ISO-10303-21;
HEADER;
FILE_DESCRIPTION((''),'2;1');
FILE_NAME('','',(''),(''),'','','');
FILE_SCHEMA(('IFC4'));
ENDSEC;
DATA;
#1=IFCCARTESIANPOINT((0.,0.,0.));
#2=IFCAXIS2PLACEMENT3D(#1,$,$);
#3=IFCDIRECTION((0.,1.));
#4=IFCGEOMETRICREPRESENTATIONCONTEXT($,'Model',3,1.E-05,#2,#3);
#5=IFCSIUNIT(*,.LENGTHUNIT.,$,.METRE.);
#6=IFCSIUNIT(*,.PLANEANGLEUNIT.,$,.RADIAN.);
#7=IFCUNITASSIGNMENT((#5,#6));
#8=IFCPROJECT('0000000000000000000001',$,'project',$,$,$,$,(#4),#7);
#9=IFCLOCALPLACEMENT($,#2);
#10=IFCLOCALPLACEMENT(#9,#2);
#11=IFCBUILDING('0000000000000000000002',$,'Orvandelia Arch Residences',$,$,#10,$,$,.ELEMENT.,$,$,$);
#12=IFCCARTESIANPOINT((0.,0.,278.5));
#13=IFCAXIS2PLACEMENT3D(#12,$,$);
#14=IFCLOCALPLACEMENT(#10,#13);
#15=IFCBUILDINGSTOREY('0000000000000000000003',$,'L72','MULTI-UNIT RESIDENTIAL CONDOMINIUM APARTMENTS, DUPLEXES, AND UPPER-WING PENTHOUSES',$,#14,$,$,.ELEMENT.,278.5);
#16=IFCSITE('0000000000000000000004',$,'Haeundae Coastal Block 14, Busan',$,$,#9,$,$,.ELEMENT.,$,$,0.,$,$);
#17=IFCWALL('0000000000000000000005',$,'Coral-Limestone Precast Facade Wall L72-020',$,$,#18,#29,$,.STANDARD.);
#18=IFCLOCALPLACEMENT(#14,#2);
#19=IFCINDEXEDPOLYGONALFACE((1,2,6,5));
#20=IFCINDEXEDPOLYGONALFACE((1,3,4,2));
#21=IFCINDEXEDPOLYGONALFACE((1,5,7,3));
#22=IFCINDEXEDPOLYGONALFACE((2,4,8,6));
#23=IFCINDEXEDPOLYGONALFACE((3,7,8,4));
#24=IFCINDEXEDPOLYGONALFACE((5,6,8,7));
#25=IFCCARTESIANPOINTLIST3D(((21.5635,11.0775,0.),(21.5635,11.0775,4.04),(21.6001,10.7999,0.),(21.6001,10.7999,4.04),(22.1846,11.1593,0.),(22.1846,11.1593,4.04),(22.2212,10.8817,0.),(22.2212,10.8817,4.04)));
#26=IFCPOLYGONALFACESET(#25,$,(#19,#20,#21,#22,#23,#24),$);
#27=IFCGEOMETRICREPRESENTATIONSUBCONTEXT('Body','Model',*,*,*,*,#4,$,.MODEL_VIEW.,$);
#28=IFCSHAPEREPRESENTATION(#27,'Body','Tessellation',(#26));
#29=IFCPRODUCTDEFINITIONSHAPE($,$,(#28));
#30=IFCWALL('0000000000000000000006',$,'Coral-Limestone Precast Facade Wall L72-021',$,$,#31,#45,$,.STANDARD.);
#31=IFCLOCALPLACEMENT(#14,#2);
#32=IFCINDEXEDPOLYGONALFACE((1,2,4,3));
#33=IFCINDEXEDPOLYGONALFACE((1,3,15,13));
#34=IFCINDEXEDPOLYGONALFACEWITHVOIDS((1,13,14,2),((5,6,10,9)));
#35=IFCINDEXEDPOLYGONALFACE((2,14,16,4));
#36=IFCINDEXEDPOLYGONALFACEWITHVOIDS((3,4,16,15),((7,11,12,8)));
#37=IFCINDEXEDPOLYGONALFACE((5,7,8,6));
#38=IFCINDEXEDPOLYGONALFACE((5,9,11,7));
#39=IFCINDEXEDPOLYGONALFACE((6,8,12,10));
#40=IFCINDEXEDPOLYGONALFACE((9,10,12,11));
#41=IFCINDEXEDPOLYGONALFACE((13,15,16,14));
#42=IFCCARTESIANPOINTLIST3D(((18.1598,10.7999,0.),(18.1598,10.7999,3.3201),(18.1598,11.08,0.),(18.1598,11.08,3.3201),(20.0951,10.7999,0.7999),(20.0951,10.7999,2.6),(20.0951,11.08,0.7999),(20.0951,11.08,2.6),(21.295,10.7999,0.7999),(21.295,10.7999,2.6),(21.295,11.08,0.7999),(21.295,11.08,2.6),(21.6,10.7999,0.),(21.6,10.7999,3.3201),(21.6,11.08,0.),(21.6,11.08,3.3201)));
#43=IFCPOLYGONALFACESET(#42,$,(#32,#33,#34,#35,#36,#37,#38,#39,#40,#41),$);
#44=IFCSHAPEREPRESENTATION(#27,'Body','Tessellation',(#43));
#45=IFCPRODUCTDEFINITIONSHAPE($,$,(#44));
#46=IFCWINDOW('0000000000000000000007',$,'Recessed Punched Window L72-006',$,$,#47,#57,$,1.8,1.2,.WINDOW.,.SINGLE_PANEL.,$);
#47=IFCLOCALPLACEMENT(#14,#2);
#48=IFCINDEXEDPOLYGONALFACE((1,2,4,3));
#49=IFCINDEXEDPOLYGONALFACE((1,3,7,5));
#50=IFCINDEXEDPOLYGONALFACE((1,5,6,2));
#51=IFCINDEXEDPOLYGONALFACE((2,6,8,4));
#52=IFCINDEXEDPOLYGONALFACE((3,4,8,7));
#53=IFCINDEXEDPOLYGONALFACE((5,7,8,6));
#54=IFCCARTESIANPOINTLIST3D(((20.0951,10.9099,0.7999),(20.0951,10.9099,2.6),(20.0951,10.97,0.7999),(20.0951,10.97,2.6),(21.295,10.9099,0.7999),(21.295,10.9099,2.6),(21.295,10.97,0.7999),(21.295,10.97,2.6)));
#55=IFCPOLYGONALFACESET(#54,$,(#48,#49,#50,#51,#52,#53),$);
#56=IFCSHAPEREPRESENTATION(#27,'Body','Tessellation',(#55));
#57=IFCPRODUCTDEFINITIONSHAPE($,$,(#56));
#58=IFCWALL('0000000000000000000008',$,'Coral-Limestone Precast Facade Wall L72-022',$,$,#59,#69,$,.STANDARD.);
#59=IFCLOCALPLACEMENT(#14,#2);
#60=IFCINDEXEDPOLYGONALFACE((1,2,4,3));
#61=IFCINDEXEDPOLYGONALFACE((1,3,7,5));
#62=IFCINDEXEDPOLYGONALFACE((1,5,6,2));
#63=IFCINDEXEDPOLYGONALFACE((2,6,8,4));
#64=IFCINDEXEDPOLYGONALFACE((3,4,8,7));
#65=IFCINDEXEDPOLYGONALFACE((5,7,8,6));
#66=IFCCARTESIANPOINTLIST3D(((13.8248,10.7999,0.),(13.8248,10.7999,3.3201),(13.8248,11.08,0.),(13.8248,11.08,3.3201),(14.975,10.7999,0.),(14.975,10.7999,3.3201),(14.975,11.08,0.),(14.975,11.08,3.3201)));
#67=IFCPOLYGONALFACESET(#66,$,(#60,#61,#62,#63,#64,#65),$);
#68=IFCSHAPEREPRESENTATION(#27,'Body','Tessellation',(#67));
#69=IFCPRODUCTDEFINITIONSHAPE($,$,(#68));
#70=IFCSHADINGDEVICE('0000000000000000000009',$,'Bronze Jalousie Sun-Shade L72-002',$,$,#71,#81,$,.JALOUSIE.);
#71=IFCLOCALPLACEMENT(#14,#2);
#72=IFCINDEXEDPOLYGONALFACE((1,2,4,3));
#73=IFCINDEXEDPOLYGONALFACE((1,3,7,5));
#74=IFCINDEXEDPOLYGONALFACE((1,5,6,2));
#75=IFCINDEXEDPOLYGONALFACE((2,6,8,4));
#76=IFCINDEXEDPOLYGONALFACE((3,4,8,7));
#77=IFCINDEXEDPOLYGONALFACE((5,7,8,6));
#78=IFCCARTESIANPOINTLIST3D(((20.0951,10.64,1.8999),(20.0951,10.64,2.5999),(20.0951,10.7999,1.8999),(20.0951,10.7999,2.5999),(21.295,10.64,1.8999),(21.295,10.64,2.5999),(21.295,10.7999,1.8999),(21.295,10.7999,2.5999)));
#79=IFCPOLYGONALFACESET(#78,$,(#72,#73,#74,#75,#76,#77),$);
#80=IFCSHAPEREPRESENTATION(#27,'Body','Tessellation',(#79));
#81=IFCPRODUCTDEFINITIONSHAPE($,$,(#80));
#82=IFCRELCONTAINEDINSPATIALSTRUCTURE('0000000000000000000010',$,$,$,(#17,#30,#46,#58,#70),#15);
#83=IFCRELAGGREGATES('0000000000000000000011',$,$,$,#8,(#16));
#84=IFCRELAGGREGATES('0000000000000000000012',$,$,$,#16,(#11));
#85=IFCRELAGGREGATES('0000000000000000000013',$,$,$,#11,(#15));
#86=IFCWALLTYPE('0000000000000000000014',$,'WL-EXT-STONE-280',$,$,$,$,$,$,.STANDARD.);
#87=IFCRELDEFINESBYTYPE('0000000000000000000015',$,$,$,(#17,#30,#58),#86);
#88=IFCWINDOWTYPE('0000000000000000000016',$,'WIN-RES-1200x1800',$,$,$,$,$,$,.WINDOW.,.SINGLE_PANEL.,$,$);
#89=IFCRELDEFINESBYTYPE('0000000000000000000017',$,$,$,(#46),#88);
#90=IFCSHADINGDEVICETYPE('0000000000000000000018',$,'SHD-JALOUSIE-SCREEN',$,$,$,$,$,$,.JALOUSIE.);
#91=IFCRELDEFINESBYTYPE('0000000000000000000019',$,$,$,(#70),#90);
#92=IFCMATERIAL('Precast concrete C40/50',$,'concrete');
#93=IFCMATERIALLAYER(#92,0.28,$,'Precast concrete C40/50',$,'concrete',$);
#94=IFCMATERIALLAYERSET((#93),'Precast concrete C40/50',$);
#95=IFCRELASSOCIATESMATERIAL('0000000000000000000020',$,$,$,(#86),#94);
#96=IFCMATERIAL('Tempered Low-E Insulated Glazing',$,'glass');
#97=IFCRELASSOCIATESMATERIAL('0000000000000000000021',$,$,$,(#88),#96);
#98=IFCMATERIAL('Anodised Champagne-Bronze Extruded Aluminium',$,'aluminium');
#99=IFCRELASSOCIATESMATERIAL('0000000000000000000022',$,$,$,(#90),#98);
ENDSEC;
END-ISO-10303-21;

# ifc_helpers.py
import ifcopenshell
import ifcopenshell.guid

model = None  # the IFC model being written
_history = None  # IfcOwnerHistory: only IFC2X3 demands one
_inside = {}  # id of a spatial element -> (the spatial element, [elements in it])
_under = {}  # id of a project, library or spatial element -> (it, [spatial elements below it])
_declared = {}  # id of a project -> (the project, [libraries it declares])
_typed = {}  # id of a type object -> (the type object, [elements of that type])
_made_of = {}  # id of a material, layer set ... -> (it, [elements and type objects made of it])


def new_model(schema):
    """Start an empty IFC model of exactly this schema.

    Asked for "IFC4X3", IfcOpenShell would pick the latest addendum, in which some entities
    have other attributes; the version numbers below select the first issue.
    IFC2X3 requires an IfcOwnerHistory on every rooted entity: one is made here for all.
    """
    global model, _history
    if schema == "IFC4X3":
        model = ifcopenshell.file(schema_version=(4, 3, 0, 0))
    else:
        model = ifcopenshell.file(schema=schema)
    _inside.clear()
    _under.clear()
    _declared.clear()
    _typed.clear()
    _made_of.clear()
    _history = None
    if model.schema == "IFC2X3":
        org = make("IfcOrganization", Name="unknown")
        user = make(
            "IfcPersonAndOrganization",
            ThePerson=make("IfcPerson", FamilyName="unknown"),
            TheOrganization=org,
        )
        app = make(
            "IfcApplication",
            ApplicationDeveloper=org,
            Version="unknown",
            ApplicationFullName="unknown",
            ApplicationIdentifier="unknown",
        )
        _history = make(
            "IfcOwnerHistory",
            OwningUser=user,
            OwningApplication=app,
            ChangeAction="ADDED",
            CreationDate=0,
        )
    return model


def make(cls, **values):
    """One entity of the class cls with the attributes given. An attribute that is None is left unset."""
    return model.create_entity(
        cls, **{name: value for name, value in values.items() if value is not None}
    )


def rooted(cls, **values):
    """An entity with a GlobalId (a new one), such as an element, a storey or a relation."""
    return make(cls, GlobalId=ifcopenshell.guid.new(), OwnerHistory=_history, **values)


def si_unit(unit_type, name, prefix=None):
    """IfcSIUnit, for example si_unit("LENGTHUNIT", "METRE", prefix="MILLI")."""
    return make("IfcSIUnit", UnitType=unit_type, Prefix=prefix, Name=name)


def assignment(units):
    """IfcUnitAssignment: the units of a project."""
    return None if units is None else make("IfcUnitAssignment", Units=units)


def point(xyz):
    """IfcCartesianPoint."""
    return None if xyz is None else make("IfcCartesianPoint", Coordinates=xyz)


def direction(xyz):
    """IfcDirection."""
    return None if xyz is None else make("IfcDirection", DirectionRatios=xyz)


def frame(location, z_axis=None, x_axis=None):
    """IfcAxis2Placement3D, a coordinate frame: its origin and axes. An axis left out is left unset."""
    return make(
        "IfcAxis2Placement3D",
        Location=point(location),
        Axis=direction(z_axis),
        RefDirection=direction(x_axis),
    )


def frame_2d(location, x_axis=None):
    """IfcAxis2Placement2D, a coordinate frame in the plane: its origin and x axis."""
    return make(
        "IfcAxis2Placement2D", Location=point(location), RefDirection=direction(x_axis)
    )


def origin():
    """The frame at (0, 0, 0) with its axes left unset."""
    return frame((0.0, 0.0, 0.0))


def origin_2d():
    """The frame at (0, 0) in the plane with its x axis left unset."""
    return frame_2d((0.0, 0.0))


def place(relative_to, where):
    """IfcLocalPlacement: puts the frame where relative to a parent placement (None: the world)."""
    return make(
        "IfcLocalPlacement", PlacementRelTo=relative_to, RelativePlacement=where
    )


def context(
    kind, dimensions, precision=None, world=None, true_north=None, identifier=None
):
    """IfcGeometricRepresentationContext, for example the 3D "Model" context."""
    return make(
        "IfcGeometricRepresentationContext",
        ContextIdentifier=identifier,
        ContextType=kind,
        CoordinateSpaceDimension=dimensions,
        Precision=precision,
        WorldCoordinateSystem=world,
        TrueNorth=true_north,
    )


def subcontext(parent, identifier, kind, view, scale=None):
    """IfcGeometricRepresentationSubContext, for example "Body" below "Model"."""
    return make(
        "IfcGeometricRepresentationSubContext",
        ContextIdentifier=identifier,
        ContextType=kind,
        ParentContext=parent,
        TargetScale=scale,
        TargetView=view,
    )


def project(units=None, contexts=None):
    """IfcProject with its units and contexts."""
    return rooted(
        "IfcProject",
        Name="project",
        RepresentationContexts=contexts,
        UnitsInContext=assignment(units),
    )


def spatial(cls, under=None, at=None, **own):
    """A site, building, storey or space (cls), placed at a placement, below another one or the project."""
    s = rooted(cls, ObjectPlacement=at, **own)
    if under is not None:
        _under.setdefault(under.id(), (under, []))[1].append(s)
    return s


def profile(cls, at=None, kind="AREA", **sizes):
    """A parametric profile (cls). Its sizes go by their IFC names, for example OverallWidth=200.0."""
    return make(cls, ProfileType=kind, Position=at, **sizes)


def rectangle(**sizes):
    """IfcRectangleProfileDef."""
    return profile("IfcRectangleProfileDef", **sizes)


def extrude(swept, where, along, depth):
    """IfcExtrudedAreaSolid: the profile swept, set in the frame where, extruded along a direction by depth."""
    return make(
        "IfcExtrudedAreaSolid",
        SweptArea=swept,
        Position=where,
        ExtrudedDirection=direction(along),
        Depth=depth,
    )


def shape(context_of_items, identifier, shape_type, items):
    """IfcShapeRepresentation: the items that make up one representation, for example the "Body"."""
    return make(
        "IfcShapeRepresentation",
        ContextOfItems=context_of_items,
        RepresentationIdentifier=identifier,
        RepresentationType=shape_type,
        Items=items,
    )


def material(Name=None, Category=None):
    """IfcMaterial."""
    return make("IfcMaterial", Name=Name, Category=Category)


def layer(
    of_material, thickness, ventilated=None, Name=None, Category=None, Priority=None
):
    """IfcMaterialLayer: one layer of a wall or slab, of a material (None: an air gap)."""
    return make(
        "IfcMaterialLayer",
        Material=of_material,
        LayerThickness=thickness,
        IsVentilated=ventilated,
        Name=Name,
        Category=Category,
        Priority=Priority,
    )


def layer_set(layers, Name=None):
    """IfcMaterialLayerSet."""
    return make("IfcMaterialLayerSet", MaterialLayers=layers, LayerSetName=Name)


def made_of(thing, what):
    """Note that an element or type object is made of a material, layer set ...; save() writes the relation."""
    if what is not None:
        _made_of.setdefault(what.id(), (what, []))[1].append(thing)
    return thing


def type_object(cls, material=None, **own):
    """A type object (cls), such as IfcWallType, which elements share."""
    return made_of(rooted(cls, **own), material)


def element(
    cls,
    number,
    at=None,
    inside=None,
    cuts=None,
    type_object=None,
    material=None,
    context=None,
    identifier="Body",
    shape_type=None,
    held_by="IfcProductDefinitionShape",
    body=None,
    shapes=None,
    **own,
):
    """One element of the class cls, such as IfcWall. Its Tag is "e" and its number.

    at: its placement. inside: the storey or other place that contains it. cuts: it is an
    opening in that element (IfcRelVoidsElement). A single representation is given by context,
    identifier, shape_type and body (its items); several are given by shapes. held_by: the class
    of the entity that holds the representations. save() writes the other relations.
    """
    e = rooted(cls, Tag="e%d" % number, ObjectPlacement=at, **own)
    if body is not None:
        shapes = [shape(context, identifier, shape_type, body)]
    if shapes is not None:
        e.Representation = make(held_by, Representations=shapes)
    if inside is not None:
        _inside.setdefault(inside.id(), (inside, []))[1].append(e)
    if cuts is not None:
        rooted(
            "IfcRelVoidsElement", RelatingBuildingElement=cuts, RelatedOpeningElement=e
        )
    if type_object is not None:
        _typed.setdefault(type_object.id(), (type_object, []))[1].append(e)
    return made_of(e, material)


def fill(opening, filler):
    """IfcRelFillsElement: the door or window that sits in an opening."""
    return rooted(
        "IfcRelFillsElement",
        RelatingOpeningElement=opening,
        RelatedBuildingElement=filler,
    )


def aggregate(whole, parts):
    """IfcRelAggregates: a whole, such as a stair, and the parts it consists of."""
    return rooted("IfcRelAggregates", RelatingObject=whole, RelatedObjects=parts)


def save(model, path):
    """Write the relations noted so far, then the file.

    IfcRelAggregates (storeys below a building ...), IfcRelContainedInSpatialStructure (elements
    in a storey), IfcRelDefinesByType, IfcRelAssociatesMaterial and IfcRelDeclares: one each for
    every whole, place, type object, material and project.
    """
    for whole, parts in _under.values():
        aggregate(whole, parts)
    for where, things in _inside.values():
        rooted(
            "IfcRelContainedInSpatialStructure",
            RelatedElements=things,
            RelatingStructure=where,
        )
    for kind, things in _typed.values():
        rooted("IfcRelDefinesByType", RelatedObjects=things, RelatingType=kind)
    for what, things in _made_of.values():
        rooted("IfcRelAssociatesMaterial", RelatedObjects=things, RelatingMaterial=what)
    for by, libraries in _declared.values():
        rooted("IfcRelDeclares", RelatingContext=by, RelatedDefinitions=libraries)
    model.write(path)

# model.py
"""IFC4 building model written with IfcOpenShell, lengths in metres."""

from ifc_helpers import new_model, si_unit, direction, frame, frame_2d, origin, origin_2d, place, context, subcontext, project, spatial, rectangle, extrude, material, layer, layer_set, type_object, element, fill, save


model = new_model("IFC4")

# Units and contexts
model_context = context("Model", 3, precision=1e-05, world=origin(), true_north=direction((0.0, 1.0)))
body_context = subcontext(model_context, "Body", "Model", "MODEL_VIEW")
ifc_project = project(units=[si_unit("LENGTHUNIT", "METRE"), si_unit("PLANEANGLEUNIT", "RADIAN")], contexts=[model_context])

# Site, building, storey
site_placement = place(None, origin())
site = spatial("IfcSite", under=ifc_project, at=site_placement, Name="Haeundae Coastal Block 14, Busan", CompositionType="ELEMENT", RefElevation=0.0)
building_placement = place(site_placement, origin())
building = spatial("IfcBuilding", under=site, at=building_placement, Name="Orvandelia Arch Residences", CompositionType="ELEMENT")
storey_placement = place(building_placement, frame((0.0, 0.0, 278.5)))
storey = spatial("IfcBuildingStorey", under=building, at=storey_placement, Name="L72", Description="MULTI-UNIT RESIDENTIAL CONDOMINIUM APARTMENTS, DUPLEXES, AND UPPER-WING PENTHOUSES", CompositionType="ELEMENT", Elevation=278.5)

# Wall
ifc_material_1 = material(Name="Precast concrete C40/50", Category="concrete")
ifc_layer_1 = layer(ifc_material_1, 0.28, Name="Precast concrete C40/50", Category="concrete")
ifc_layer_set_1 = layer_set([ifc_layer_1], Name="Precast concrete C40/50")
wall_type_1 = type_object("IfcWallType", Name="WL-EXT-STONE-280", PredefinedType="STANDARD", material=ifc_layer_set_1)
wall_1_placement = place(storey_placement, frame((22.2029, 11.0205, 0.0), z_axis=(0.0, 0.0, 1.0), x_axis=(-0.991441, -0.130555, 0.0)))
element("IfcWall", 1, at=wall_1_placement, inside=storey, type_object=wall_type_1, Name="Coral-Limestone Precast Facade Wall L72-020", PredefinedType="STANDARD", context=body_context, shape_type="SweptSolid", body=[
    extrude(rectangle(XDim=0.6265, YDim=0.28, at=frame_2d((0.3132, 0.0))), origin(), (0.0, 0.0, 1.0), 4.04),
])

# Wall, opening, window
wall_2_placement = place(storey_placement, frame((21.6001, 10.9399, 0.0), z_axis=(0.0, 0.0, 1.0), x_axis=(-1.0, 0.0, 0.0)))
wall_2 = element("IfcWall", 2, at=wall_2_placement, inside=storey, type_object=wall_type_1, Name="Coral-Limestone Precast Facade Wall L72-021", PredefinedType="STANDARD", context=body_context, shape_type="SweptSolid", body=[
    extrude(rectangle(XDim=3.4402, YDim=0.28, at=frame_2d((1.7202, 0.0))), origin(), (0.0, 0.0, 1.0), 3.3201),
])
opening_1_placement = place(wall_2_placement, frame((0.3049, 0.0, 0.8)))
opening_1 = element("IfcOpeningElement", 3, at=opening_1_placement, cuts=wall_2, PredefinedType="OPENING", context=body_context, shape_type="SweptSolid", body=[
    extrude(rectangle(XDim=1.2, YDim=1.8, at=frame_2d((0.6001, 0.8999))), frame((0.0, 0.1499, 0.0), z_axis=(0.0, -1.0, 0.0), x_axis=(1.0, 0.0, 0.0)), (0.0, 0.0, 1.0), 0.3),
])
ifc_material_2 = material(Name="Tempered Low-E Insulated Glazing", Category="glass")
window_type = type_object("IfcWindowType", Name="WIN-RES-1200x1800", PartitioningType="SINGLE_PANEL", PredefinedType="WINDOW", material=ifc_material_2)
window_placement = place(opening_1_placement, origin())
window = element("IfcWindow", 4, at=window_placement, inside=storey, type_object=window_type, Name="Recessed Punched Window L72-006", OverallHeight=1.8, OverallWidth=1.2, PartitioningType="SINGLE_PANEL", PredefinedType="WINDOW", context=body_context, shape_type="SweptSolid", body=[
    extrude(rectangle(XDim=1.2, YDim=1.8, at=frame_2d((0.6001, 0.8999))), frame((0.0, 0.03, 0.0), z_axis=(0.0, -1.0, 0.0), x_axis=(1.0, 0.0, 0.0)), (0.0, 0.0, 1.0), 0.0601),
])
fill(opening_1, window)

# Wall
wall_3_placement = place(storey_placement, frame((14.9751, 10.9399, 0.0), z_axis=(0.0, 0.0, 1.0), x_axis=(-1.0, 0.0, 0.0)))
element("IfcWall", 5, at=wall_3_placement, inside=storey, type_object=wall_type_1, Name="Coral-Limestone Precast Facade Wall L72-022", PredefinedType="STANDARD", context=body_context, shape_type="SweptSolid", body=[
    extrude(rectangle(XDim=1.1501, YDim=0.28, at=frame_2d((0.5752, 0.0))), origin(), (0.0, 0.0, 1.0), 3.3201),
])

# Shading device
ifc_material_3 = material(Name="Anodised Champagne-Bronze Extruded Aluminium", Category="aluminium")
shading_device_type = type_object("IfcShadingDeviceType", Name="SHD-JALOUSIE-SCREEN", PredefinedType="JALOUSIE", material=ifc_material_3)
shading_device_placement = place(storey_placement, frame((20.6951, 10.72, 1.8999), z_axis=(0.0, 0.0, 1.0), x_axis=(-1.0, 0.0, 0.0)))
element("IfcShadingDevice", 6, at=shading_device_placement, inside=storey, type_object=shading_device_type, Name="Bronze Jalousie Sun-Shade L72-002", PredefinedType="JALOUSIE", context=body_context, shape_type="SweptSolid", body=[
    extrude(rectangle(XDim=1.2, YDim=0.1599, at=origin_2d()), origin(), (0.0, 0.0, 1.0), 0.7),
])

save(model, "model.ifc")
